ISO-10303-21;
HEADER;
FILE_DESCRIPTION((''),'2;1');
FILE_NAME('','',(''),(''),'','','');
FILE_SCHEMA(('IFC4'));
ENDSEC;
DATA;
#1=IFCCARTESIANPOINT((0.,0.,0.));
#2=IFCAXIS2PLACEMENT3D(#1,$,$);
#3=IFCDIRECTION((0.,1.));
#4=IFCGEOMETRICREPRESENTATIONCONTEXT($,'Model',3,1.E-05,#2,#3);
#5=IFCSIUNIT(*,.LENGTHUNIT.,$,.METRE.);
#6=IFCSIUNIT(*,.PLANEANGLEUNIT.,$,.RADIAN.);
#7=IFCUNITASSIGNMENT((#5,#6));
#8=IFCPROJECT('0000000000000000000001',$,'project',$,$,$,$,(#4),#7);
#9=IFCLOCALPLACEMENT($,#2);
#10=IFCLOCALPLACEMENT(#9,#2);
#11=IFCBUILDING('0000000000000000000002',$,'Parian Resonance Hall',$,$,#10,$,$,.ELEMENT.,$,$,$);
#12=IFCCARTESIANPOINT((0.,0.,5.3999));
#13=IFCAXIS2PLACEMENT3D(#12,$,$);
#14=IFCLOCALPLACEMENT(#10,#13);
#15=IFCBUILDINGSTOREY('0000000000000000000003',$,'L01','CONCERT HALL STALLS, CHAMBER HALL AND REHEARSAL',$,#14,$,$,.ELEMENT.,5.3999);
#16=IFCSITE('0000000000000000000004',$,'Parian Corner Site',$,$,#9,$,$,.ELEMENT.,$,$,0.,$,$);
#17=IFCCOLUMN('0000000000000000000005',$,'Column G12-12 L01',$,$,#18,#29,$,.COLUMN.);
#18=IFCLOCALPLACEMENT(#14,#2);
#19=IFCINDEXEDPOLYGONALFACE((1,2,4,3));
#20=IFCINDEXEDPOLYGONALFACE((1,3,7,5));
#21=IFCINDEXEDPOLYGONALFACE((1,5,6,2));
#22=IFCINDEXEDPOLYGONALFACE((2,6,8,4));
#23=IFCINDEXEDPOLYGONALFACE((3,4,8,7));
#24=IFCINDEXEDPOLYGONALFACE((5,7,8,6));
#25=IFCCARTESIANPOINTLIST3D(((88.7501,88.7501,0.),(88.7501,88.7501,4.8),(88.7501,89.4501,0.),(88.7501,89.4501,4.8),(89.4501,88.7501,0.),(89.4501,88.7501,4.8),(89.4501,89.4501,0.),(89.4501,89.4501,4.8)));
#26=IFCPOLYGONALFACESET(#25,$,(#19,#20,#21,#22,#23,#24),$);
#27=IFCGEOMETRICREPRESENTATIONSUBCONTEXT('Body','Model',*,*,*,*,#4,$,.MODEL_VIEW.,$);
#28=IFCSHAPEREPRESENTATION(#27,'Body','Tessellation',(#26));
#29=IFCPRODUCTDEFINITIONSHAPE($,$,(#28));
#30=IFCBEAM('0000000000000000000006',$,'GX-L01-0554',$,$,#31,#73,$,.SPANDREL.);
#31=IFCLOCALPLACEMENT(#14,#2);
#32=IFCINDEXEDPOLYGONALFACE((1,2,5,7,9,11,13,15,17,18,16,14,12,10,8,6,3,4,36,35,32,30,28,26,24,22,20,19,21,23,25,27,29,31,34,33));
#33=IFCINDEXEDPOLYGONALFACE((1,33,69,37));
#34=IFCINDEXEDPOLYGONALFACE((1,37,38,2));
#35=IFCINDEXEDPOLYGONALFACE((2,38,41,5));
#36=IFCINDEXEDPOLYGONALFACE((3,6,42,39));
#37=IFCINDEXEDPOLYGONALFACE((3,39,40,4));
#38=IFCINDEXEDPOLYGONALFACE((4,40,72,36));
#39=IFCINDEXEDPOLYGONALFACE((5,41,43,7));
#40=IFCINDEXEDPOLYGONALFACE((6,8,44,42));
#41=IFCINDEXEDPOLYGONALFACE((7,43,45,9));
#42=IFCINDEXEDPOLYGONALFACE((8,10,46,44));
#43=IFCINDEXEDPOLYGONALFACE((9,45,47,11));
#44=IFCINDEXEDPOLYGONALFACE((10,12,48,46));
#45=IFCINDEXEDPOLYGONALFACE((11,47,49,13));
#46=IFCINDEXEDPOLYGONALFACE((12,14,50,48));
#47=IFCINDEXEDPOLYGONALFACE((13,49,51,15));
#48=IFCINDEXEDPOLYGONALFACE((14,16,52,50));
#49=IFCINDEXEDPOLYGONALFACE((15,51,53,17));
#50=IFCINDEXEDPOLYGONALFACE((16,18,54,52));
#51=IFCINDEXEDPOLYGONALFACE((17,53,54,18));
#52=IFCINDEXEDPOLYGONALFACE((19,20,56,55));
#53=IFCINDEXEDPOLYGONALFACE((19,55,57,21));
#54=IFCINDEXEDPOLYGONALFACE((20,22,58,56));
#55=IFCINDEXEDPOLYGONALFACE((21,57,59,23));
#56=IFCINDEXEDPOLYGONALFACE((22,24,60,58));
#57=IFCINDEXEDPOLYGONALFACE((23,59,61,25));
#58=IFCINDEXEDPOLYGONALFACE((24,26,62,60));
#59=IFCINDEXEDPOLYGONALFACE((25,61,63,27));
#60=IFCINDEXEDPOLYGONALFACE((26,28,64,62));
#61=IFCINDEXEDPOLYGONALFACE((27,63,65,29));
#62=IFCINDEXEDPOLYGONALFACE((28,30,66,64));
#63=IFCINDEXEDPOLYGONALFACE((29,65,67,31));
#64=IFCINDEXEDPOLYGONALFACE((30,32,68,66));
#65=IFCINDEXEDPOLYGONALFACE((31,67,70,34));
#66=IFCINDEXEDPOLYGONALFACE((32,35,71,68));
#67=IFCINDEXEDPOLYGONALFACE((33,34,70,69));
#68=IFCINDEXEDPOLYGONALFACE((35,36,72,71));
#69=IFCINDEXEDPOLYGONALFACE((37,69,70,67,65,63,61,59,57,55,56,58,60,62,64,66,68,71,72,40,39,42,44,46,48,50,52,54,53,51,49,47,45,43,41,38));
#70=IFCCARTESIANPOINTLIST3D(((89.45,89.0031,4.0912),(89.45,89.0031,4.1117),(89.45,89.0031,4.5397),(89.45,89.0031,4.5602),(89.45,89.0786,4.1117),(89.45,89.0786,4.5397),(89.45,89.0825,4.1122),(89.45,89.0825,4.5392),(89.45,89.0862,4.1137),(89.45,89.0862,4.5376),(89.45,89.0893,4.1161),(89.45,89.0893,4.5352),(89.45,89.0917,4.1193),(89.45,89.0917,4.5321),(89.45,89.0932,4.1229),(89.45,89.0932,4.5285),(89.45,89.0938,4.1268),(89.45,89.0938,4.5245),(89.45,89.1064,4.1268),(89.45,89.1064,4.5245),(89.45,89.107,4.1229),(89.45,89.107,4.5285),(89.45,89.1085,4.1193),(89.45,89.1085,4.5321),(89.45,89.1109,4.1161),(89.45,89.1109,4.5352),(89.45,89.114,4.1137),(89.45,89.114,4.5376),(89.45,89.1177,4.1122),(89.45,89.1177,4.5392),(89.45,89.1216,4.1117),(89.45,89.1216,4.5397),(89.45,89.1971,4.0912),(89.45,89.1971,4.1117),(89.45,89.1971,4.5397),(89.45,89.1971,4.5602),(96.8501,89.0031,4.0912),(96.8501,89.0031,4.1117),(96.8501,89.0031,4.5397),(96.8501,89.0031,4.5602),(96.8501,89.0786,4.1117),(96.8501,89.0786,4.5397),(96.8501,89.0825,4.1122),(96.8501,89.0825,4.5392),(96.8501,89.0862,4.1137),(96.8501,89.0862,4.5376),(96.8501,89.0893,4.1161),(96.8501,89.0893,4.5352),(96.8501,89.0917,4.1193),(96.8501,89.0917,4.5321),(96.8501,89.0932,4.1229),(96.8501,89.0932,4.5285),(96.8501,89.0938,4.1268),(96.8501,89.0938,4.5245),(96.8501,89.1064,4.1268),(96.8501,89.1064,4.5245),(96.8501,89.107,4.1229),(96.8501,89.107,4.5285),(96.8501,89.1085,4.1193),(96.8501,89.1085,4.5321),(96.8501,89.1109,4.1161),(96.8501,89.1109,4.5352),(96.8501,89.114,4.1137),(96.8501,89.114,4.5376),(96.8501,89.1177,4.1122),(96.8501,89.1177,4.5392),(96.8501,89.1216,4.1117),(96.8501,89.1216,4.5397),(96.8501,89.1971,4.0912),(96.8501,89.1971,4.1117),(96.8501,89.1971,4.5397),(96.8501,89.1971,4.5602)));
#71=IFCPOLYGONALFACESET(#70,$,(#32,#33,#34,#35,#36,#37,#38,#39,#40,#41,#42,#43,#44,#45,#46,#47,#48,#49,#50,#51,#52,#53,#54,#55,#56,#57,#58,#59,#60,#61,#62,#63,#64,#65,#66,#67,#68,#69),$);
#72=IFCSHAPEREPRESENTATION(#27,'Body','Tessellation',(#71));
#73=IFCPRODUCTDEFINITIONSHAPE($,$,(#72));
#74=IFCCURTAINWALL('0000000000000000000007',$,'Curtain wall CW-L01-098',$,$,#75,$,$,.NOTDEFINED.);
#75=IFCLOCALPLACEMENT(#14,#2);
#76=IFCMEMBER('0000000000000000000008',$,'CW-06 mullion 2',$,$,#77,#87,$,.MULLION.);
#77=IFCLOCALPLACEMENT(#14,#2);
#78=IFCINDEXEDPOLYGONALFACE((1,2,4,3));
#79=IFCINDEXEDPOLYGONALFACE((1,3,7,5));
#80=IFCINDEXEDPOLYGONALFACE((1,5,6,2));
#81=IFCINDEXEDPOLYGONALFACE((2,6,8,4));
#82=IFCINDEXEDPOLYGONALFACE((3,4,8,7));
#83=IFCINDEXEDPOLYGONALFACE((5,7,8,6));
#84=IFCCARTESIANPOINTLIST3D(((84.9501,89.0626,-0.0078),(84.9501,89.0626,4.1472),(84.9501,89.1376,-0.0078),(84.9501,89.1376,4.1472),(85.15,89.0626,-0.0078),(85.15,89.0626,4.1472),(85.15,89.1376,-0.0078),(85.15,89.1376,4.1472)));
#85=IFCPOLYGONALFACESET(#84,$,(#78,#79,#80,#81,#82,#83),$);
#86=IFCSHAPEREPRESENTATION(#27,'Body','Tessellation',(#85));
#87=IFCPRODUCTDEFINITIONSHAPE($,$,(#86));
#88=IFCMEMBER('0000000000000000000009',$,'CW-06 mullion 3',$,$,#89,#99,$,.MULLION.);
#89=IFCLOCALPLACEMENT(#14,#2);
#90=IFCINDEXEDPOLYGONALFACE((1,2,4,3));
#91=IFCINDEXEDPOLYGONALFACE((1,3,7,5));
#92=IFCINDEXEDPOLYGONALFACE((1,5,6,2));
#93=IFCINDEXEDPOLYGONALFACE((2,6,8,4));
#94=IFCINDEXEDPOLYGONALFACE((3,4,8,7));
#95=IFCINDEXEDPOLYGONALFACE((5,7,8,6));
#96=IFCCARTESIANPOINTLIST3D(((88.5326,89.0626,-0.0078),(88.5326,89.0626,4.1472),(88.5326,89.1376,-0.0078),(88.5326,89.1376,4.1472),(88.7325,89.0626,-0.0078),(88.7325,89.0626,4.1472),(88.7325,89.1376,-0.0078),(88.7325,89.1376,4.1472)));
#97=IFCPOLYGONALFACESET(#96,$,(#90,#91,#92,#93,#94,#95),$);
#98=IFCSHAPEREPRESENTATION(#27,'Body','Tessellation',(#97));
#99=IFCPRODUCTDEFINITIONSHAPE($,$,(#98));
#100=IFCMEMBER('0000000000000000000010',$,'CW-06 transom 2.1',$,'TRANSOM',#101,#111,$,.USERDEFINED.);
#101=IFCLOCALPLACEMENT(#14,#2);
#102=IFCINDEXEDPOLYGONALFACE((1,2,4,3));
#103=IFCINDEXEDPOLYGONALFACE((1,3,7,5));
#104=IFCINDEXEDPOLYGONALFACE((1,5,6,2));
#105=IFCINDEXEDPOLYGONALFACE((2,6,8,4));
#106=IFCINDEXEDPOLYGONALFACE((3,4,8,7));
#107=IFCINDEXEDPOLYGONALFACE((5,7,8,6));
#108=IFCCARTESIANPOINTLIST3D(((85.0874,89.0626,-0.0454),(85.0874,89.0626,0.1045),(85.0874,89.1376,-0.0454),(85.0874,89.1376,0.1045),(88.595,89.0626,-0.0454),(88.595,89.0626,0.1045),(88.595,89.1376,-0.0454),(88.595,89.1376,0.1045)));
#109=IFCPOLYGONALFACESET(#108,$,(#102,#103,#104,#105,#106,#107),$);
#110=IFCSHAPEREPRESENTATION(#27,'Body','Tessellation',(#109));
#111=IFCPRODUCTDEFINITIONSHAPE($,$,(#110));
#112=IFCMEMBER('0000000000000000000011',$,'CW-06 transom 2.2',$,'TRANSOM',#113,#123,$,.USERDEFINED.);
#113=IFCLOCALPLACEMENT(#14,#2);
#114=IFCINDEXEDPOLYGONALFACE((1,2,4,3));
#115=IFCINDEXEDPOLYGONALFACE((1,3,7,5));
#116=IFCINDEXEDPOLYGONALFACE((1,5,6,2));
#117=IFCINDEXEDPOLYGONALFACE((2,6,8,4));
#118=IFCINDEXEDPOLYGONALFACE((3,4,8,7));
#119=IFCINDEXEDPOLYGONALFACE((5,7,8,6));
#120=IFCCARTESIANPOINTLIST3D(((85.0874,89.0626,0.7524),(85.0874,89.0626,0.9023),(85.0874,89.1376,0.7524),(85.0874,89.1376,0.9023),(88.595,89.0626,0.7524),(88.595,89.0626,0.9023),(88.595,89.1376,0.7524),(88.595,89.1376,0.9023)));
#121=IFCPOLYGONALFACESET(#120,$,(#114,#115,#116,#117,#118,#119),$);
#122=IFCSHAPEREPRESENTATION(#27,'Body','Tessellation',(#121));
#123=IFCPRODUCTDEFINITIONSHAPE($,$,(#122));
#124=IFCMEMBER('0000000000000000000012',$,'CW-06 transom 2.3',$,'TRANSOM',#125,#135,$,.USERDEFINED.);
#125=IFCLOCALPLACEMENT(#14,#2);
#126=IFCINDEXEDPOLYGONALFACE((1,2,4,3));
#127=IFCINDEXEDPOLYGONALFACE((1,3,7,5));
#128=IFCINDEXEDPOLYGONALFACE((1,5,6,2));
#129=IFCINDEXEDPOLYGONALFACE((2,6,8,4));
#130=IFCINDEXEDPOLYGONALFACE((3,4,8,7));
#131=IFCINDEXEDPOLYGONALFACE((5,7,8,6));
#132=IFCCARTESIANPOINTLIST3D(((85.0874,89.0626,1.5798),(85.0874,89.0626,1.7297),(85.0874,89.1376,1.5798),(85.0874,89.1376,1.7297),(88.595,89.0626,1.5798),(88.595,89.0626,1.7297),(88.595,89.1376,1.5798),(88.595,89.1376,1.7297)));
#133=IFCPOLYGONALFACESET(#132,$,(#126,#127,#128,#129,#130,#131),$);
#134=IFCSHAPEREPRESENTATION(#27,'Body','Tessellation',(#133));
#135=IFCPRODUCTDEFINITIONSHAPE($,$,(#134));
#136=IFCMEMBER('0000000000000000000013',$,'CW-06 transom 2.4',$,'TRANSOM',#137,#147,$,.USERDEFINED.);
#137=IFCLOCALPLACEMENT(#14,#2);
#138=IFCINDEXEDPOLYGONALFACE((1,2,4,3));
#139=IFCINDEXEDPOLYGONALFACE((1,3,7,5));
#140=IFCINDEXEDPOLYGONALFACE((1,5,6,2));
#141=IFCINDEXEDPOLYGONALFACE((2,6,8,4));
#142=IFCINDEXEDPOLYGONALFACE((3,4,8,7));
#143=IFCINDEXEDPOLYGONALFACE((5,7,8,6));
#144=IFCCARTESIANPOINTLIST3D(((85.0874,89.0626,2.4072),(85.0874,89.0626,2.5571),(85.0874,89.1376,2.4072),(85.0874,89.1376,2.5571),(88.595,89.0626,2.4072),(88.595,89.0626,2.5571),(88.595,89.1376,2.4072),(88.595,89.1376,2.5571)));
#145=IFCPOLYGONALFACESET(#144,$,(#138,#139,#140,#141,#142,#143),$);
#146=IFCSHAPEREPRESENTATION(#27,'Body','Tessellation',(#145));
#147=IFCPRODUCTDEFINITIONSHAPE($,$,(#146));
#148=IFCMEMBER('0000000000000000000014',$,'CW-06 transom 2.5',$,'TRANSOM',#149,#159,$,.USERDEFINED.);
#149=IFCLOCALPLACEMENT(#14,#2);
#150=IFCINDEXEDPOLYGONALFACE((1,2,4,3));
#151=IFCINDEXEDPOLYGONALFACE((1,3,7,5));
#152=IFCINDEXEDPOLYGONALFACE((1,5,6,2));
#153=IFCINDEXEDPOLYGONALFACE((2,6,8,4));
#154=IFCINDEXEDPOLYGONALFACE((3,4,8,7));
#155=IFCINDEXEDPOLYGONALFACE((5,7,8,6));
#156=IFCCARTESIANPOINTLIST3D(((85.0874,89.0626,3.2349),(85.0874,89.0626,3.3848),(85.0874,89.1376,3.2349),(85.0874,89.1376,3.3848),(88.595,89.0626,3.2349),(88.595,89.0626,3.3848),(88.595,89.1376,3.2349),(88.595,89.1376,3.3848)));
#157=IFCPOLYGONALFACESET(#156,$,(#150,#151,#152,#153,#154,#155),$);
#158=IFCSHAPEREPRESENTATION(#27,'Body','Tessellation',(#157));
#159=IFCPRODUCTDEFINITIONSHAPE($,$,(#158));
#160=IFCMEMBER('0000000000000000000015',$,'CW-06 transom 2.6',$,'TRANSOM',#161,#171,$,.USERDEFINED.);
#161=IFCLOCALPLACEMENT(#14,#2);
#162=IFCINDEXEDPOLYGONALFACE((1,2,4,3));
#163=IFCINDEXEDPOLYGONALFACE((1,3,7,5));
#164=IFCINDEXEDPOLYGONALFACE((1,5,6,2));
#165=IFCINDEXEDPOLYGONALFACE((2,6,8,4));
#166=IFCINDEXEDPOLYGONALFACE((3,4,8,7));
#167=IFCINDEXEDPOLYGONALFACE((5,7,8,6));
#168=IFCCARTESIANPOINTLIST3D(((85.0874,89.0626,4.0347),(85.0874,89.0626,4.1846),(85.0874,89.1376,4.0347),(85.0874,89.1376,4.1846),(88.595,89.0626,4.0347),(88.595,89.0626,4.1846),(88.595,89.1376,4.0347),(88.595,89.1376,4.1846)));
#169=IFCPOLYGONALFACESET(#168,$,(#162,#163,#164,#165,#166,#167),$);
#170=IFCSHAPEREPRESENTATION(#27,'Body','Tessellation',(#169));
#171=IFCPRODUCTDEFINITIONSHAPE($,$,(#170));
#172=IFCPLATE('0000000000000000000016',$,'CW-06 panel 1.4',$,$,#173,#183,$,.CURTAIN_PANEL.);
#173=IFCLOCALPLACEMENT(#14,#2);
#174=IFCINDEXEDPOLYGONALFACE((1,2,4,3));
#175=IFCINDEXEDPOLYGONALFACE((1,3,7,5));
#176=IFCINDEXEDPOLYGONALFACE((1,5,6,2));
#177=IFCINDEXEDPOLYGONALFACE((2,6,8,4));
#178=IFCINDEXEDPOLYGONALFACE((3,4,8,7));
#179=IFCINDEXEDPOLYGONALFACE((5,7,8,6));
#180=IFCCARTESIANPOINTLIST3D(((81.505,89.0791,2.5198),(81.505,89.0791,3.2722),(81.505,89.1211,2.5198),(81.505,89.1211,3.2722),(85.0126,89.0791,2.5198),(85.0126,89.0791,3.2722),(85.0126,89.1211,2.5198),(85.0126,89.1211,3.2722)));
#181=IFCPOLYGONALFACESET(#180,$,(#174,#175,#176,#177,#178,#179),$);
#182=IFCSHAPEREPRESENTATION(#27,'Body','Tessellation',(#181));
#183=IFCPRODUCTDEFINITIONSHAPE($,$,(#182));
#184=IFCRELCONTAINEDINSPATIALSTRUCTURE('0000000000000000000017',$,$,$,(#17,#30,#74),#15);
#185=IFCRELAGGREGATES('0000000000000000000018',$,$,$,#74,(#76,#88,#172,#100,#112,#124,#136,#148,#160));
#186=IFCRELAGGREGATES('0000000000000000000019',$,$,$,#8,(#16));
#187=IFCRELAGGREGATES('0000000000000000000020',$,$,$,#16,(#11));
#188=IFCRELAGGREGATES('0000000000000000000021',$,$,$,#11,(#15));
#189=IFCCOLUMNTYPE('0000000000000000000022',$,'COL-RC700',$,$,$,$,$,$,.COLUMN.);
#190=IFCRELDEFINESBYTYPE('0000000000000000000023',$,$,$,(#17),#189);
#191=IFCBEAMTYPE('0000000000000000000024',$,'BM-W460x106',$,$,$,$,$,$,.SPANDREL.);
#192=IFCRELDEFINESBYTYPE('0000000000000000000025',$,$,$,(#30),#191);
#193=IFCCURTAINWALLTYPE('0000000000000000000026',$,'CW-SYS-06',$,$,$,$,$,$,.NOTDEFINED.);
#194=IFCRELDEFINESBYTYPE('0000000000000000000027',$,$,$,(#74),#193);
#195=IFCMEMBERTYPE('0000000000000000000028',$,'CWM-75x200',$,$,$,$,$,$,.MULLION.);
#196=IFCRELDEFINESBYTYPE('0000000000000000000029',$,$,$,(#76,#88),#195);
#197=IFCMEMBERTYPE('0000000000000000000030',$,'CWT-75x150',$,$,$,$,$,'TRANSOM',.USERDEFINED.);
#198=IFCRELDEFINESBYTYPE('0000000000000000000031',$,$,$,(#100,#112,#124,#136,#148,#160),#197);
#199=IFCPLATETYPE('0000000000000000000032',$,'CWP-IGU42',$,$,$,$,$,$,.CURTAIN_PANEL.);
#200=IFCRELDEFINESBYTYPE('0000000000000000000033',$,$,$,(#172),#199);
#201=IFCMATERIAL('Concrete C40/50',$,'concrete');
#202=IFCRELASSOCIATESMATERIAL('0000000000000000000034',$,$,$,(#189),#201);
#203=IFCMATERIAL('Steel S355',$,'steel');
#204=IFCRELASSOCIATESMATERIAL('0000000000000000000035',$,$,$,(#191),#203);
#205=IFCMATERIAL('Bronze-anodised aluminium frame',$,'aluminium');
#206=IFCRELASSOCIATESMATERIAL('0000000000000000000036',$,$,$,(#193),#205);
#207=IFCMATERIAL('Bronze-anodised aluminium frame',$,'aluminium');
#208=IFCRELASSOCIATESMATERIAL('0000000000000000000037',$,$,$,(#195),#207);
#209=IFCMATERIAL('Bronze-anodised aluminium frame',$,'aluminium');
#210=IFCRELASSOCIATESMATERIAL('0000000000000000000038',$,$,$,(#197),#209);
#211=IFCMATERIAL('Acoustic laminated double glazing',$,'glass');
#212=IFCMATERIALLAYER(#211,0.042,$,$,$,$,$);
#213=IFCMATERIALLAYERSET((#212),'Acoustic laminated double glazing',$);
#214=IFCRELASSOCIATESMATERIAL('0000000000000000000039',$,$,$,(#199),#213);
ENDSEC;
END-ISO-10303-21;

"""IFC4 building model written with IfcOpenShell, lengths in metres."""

from ifc_helpers import new_model, si_unit, direction, frame, origin, origin_2d, place, context, subcontext, project, spatial, rectangle, i_section, extrude, material, layer, layer_set, material_profile, profile_set, type_object, element, aggregate, save


model = new_model("IFC4")

# Units and contexts
model_context = context("Model", 3, precision=1e-05, world=origin(), true_north=direction((0.0, 1.0)))
body_context = subcontext(model_context, "Body", "Model", "MODEL_VIEW")
ifc_project = project(units=[si_unit("LENGTHUNIT", "METRE"), si_unit("PLANEANGLEUNIT", "RADIAN")], contexts=[model_context])

# Site, building, storey
site_placement = place(None, origin())
site = spatial("IfcSite", under=ifc_project, at=site_placement, Name="Parian Corner Site", CompositionType="ELEMENT", RefElevation=0.0)
building_placement = place(site_placement, origin())
building = spatial("IfcBuilding", under=site, at=building_placement, Name="Parian Resonance Hall", CompositionType="ELEMENT")
storey_placement = place(building_placement, frame((0.0, 0.0, 5.3999)))
storey = spatial("IfcBuildingStorey", under=building, at=storey_placement, Name="L01", Description="CONCERT HALL STALLS, CHAMBER HALL AND REHEARSAL", CompositionType="ELEMENT", Elevation=5.3999)

# Column
ifc_material_1 = material(Name="Concrete C40/50", Category="concrete")
ifc_material_profile_1 = material_profile(ifc_material_1, rectangle(XDim=0.7, YDim=0.7, at=origin_2d()), Name="RC-COL-700x700")
ifc_profile_set_1 = profile_set([ifc_material_profile_1], Name="Concrete C40/50")
column_type = type_object("IfcColumnType", Name="COL-RC700", PredefinedType="COLUMN", material=ifc_profile_set_1)
column_placement = place(storey_placement, frame((89.1001, 89.1001, 0.0), z_axis=(0.0, 0.0, 1.0), x_axis=(1.0, 0.0, 0.0)))
element("IfcColumn", 1, at=column_placement, inside=storey, type_object=column_type, Name="Column G12-12 L01", PredefinedType="COLUMN", context=body_context, shape_type="SweptSolid", body=[
    extrude(rectangle(XDim=0.7, YDim=0.7, at=origin_2d()), origin(), (0.0, 0.0, 1.0), 4.8),
])

# Beam
ifc_material_2 = material(Name="Steel S355", Category="steel")
ifc_material_profile_2 = material_profile(ifc_material_2, i_section(OverallWidth=0.1941, OverallDepth=0.469, WebThickness=0.0127, FlangeThickness=0.0205, FilletRadius=0.0151, at=origin_2d()), Name="W460x106")
ifc_profile_set_2 = profile_set([ifc_material_profile_2], Name="Steel S355")
beam_type = type_object("IfcBeamType", Name="BM-W460x106", PredefinedType="SPANDREL", material=ifc_profile_set_2)
beam_placement = place(storey_placement, frame((89.45, 89.1001, 4.3257), z_axis=(1.0, 0.0, 0.0), x_axis=(0.0, 1.0, 0.0)))
element("IfcBeam", 2, at=beam_placement, inside=storey, type_object=beam_type, Name="GX-L01-0554", PredefinedType="SPANDREL", context=body_context, shape_type="SweptSolid", body=[
    extrude(i_section(OverallWidth=0.1941, OverallDepth=0.469, WebThickness=0.0127, FlangeThickness=0.0205, FilletRadius=0.0151, at=origin_2d()), origin(), (0.0, 0.0, 1.0), 7.4001),
])

# Curtain wall, members, plate
ifc_material_3 = material(Name="Bronze-anodised aluminium frame", Category="aluminium")
curtain_wall_type = type_object("IfcCurtainWallType", Name="CW-SYS-06", PredefinedType="NOTDEFINED", material=ifc_material_3)
curtain_wall_placement = place(storey_placement, origin())
curtain_wall = element("IfcCurtainWall", 3, at=curtain_wall_placement, inside=storey, type_object=curtain_wall_type, Name="Curtain wall CW-L01-098", PredefinedType="NOTDEFINED")
ifc_material_4 = material(Name="Bronze-anodised aluminium frame", Category="aluminium")
ifc_material_profile_3 = material_profile(ifc_material_4, rectangle(XDim=0.075, YDim=0.2, at=origin_2d()), Name="CWM-75x200")
ifc_profile_set_3 = profile_set([ifc_material_profile_3], Name="Bronze-anodised aluminium frame")
member_type_1 = type_object("IfcMemberType", Name="CWM-75x200", PredefinedType="MULLION", material=ifc_profile_set_3)
member_1_placement = place(storey_placement, frame((85.05, 89.1001, -0.0078), z_axis=(0.0, 0.0, 1.0), x_axis=(0.0, 1.0, 0.0)))
member_1 = element("IfcMember", 4, at=member_1_placement, type_object=member_type_1, Name="CW-06 mullion 2", PredefinedType="MULLION", context=body_context, shape_type="SweptSolid", body=[
    extrude(rectangle(XDim=0.075, YDim=0.2, at=origin_2d()), origin(), (0.0, 0.0, 1.0), 4.155),
])
member_2_placement = place(storey_placement, frame((88.6326, 89.1001, -0.0078), z_axis=(0.0, 0.0, 1.0), x_axis=(0.0, 1.0, 0.0)))
member_2 = element("IfcMember", 5, at=member_2_placement, type_object=member_type_1, Name="CW-06 mullion 3", PredefinedType="MULLION", context=body_context, shape_type="SweptSolid", body=[
    extrude(rectangle(XDim=0.075, YDim=0.2, at=origin_2d()), origin(), (0.0, 0.0, 1.0), 4.155),
])
ifc_material_5 = material(Name="Bronze-anodised aluminium frame", Category="aluminium")
ifc_material_profile_4 = material_profile(ifc_material_5, rectangle(XDim=0.075, YDim=0.1499, at=origin_2d()), Name="CWT-75x150")
ifc_profile_set_4 = profile_set([ifc_material_profile_4], Name="Bronze-anodised aluminium frame")
member_type_2 = type_object("IfcMemberType", Name="CWT-75x150", ElementType="TRANSOM", PredefinedType="USERDEFINED", material=ifc_profile_set_4)
member_3_placement = place(storey_placement, frame((85.0874, 89.1001, 0.0295), z_axis=(1.0, 0.0, 0.0), x_axis=(0.0, 1.0, 0.0)))
member_3 = element("IfcMember", 6, at=member_3_placement, type_object=member_type_2, Name="CW-06 transom 2.1", ObjectType="TRANSOM", PredefinedType="USERDEFINED", context=body_context, shape_type="SweptSolid", body=[
    extrude(rectangle(XDim=0.075, YDim=0.1499, at=origin_2d()), origin(), (0.0, 0.0, 1.0), 3.5076),
])
member_4_placement = place(storey_placement, frame((85.0874, 89.1001, 0.8274), z_axis=(1.0, 0.0, 0.0), x_axis=(0.0, 1.0, 0.0)))
member_4 = element("IfcMember", 7, at=member_4_placement, type_object=member_type_2, Name="CW-06 transom 2.2", ObjectType="TRANSOM", PredefinedType="USERDEFINED", context=body_context, shape_type="SweptSolid", body=[
    extrude(rectangle(XDim=0.075, YDim=0.1499, at=origin_2d()), origin(), (0.0, 0.0, 1.0), 3.5076),
])
member_5_placement = place(storey_placement, frame((85.0874, 89.1001, 1.6548), z_axis=(1.0, 0.0, 0.0), x_axis=(0.0, 1.0, 0.0)))
member_5 = element("IfcMember", 8, at=member_5_placement, type_object=member_type_2, Name="CW-06 transom 2.3", ObjectType="TRANSOM", PredefinedType="USERDEFINED", context=body_context, shape_type="SweptSolid", body=[
    extrude(rectangle(XDim=0.075, YDim=0.1499, at=origin_2d()), origin(), (0.0, 0.0, 1.0), 3.5076),
])
member_6_placement = place(storey_placement, frame((85.0874, 89.1001, 2.4822), z_axis=(1.0, 0.0, 0.0), x_axis=(0.0, 1.0, 0.0)))
member_6 = element("IfcMember", 9, at=member_6_placement, type_object=member_type_2, Name="CW-06 transom 2.4", ObjectType="TRANSOM", PredefinedType="USERDEFINED", context=body_context, shape_type="SweptSolid", body=[
    extrude(rectangle(XDim=0.075, YDim=0.1499, at=origin_2d()), origin(), (0.0, 0.0, 1.0), 3.5076),
])
member_7_placement = place(storey_placement, frame((85.0874, 89.1001, 3.3098), z_axis=(1.0, 0.0, 0.0), x_axis=(0.0, 1.0, 0.0)))
member_7 = element("IfcMember", 10, at=member_7_placement, type_object=member_type_2, Name="CW-06 transom 2.5", ObjectType="TRANSOM", PredefinedType="USERDEFINED", context=body_context, shape_type="SweptSolid", body=[
    extrude(rectangle(XDim=0.075, YDim=0.1499, at=origin_2d()), origin(), (0.0, 0.0, 1.0), 3.5076),
])
member_8_placement = place(storey_placement, frame((85.0874, 89.1001, 4.1096), z_axis=(1.0, 0.0, 0.0), x_axis=(0.0, 1.0, 0.0)))
member_8 = element("IfcMember", 11, at=member_8_placement, type_object=member_type_2, Name="CW-06 transom 2.6", ObjectType="TRANSOM", PredefinedType="USERDEFINED", context=body_context, shape_type="SweptSolid", body=[
    extrude(rectangle(XDim=0.075, YDim=0.1499, at=origin_2d()), origin(), (0.0, 0.0, 1.0), 3.5076),
])
ifc_material_6 = material(Name="Acoustic laminated double glazing", Category="glass")
ifc_layer_1 = layer(ifc_material_6, 0.042)
ifc_layer_set_1 = layer_set([ifc_layer_1], Name="Acoustic laminated double glazing")
plate_type = type_object("IfcPlateType", Name="CWP-IGU42", PredefinedType="CURTAIN_PANEL", material=ifc_layer_set_1)
plate_1_placement = place(storey_placement, frame((83.2588, 89.1001, 2.5198), z_axis=(0.0, 0.0, 1.0), x_axis=(1.0, 0.0, 0.0)))
plate_1 = element("IfcPlate", 12, at=plate_1_placement, type_object=plate_type, Name="CW-06 panel 1.4", PredefinedType="CURTAIN_PANEL", context=body_context, shape_type="SweptSolid", body=[
    extrude(rectangle(XDim=3.5076, YDim=0.042, at=origin_2d()), origin(), (0.0, 0.0, 1.0), 0.7524),
])
aggregate(curtain_wall, [member_1, member_2, plate_1, member_3, member_4, member_5, member_6, member_7, member_8])

save(model, "model.ifc")
